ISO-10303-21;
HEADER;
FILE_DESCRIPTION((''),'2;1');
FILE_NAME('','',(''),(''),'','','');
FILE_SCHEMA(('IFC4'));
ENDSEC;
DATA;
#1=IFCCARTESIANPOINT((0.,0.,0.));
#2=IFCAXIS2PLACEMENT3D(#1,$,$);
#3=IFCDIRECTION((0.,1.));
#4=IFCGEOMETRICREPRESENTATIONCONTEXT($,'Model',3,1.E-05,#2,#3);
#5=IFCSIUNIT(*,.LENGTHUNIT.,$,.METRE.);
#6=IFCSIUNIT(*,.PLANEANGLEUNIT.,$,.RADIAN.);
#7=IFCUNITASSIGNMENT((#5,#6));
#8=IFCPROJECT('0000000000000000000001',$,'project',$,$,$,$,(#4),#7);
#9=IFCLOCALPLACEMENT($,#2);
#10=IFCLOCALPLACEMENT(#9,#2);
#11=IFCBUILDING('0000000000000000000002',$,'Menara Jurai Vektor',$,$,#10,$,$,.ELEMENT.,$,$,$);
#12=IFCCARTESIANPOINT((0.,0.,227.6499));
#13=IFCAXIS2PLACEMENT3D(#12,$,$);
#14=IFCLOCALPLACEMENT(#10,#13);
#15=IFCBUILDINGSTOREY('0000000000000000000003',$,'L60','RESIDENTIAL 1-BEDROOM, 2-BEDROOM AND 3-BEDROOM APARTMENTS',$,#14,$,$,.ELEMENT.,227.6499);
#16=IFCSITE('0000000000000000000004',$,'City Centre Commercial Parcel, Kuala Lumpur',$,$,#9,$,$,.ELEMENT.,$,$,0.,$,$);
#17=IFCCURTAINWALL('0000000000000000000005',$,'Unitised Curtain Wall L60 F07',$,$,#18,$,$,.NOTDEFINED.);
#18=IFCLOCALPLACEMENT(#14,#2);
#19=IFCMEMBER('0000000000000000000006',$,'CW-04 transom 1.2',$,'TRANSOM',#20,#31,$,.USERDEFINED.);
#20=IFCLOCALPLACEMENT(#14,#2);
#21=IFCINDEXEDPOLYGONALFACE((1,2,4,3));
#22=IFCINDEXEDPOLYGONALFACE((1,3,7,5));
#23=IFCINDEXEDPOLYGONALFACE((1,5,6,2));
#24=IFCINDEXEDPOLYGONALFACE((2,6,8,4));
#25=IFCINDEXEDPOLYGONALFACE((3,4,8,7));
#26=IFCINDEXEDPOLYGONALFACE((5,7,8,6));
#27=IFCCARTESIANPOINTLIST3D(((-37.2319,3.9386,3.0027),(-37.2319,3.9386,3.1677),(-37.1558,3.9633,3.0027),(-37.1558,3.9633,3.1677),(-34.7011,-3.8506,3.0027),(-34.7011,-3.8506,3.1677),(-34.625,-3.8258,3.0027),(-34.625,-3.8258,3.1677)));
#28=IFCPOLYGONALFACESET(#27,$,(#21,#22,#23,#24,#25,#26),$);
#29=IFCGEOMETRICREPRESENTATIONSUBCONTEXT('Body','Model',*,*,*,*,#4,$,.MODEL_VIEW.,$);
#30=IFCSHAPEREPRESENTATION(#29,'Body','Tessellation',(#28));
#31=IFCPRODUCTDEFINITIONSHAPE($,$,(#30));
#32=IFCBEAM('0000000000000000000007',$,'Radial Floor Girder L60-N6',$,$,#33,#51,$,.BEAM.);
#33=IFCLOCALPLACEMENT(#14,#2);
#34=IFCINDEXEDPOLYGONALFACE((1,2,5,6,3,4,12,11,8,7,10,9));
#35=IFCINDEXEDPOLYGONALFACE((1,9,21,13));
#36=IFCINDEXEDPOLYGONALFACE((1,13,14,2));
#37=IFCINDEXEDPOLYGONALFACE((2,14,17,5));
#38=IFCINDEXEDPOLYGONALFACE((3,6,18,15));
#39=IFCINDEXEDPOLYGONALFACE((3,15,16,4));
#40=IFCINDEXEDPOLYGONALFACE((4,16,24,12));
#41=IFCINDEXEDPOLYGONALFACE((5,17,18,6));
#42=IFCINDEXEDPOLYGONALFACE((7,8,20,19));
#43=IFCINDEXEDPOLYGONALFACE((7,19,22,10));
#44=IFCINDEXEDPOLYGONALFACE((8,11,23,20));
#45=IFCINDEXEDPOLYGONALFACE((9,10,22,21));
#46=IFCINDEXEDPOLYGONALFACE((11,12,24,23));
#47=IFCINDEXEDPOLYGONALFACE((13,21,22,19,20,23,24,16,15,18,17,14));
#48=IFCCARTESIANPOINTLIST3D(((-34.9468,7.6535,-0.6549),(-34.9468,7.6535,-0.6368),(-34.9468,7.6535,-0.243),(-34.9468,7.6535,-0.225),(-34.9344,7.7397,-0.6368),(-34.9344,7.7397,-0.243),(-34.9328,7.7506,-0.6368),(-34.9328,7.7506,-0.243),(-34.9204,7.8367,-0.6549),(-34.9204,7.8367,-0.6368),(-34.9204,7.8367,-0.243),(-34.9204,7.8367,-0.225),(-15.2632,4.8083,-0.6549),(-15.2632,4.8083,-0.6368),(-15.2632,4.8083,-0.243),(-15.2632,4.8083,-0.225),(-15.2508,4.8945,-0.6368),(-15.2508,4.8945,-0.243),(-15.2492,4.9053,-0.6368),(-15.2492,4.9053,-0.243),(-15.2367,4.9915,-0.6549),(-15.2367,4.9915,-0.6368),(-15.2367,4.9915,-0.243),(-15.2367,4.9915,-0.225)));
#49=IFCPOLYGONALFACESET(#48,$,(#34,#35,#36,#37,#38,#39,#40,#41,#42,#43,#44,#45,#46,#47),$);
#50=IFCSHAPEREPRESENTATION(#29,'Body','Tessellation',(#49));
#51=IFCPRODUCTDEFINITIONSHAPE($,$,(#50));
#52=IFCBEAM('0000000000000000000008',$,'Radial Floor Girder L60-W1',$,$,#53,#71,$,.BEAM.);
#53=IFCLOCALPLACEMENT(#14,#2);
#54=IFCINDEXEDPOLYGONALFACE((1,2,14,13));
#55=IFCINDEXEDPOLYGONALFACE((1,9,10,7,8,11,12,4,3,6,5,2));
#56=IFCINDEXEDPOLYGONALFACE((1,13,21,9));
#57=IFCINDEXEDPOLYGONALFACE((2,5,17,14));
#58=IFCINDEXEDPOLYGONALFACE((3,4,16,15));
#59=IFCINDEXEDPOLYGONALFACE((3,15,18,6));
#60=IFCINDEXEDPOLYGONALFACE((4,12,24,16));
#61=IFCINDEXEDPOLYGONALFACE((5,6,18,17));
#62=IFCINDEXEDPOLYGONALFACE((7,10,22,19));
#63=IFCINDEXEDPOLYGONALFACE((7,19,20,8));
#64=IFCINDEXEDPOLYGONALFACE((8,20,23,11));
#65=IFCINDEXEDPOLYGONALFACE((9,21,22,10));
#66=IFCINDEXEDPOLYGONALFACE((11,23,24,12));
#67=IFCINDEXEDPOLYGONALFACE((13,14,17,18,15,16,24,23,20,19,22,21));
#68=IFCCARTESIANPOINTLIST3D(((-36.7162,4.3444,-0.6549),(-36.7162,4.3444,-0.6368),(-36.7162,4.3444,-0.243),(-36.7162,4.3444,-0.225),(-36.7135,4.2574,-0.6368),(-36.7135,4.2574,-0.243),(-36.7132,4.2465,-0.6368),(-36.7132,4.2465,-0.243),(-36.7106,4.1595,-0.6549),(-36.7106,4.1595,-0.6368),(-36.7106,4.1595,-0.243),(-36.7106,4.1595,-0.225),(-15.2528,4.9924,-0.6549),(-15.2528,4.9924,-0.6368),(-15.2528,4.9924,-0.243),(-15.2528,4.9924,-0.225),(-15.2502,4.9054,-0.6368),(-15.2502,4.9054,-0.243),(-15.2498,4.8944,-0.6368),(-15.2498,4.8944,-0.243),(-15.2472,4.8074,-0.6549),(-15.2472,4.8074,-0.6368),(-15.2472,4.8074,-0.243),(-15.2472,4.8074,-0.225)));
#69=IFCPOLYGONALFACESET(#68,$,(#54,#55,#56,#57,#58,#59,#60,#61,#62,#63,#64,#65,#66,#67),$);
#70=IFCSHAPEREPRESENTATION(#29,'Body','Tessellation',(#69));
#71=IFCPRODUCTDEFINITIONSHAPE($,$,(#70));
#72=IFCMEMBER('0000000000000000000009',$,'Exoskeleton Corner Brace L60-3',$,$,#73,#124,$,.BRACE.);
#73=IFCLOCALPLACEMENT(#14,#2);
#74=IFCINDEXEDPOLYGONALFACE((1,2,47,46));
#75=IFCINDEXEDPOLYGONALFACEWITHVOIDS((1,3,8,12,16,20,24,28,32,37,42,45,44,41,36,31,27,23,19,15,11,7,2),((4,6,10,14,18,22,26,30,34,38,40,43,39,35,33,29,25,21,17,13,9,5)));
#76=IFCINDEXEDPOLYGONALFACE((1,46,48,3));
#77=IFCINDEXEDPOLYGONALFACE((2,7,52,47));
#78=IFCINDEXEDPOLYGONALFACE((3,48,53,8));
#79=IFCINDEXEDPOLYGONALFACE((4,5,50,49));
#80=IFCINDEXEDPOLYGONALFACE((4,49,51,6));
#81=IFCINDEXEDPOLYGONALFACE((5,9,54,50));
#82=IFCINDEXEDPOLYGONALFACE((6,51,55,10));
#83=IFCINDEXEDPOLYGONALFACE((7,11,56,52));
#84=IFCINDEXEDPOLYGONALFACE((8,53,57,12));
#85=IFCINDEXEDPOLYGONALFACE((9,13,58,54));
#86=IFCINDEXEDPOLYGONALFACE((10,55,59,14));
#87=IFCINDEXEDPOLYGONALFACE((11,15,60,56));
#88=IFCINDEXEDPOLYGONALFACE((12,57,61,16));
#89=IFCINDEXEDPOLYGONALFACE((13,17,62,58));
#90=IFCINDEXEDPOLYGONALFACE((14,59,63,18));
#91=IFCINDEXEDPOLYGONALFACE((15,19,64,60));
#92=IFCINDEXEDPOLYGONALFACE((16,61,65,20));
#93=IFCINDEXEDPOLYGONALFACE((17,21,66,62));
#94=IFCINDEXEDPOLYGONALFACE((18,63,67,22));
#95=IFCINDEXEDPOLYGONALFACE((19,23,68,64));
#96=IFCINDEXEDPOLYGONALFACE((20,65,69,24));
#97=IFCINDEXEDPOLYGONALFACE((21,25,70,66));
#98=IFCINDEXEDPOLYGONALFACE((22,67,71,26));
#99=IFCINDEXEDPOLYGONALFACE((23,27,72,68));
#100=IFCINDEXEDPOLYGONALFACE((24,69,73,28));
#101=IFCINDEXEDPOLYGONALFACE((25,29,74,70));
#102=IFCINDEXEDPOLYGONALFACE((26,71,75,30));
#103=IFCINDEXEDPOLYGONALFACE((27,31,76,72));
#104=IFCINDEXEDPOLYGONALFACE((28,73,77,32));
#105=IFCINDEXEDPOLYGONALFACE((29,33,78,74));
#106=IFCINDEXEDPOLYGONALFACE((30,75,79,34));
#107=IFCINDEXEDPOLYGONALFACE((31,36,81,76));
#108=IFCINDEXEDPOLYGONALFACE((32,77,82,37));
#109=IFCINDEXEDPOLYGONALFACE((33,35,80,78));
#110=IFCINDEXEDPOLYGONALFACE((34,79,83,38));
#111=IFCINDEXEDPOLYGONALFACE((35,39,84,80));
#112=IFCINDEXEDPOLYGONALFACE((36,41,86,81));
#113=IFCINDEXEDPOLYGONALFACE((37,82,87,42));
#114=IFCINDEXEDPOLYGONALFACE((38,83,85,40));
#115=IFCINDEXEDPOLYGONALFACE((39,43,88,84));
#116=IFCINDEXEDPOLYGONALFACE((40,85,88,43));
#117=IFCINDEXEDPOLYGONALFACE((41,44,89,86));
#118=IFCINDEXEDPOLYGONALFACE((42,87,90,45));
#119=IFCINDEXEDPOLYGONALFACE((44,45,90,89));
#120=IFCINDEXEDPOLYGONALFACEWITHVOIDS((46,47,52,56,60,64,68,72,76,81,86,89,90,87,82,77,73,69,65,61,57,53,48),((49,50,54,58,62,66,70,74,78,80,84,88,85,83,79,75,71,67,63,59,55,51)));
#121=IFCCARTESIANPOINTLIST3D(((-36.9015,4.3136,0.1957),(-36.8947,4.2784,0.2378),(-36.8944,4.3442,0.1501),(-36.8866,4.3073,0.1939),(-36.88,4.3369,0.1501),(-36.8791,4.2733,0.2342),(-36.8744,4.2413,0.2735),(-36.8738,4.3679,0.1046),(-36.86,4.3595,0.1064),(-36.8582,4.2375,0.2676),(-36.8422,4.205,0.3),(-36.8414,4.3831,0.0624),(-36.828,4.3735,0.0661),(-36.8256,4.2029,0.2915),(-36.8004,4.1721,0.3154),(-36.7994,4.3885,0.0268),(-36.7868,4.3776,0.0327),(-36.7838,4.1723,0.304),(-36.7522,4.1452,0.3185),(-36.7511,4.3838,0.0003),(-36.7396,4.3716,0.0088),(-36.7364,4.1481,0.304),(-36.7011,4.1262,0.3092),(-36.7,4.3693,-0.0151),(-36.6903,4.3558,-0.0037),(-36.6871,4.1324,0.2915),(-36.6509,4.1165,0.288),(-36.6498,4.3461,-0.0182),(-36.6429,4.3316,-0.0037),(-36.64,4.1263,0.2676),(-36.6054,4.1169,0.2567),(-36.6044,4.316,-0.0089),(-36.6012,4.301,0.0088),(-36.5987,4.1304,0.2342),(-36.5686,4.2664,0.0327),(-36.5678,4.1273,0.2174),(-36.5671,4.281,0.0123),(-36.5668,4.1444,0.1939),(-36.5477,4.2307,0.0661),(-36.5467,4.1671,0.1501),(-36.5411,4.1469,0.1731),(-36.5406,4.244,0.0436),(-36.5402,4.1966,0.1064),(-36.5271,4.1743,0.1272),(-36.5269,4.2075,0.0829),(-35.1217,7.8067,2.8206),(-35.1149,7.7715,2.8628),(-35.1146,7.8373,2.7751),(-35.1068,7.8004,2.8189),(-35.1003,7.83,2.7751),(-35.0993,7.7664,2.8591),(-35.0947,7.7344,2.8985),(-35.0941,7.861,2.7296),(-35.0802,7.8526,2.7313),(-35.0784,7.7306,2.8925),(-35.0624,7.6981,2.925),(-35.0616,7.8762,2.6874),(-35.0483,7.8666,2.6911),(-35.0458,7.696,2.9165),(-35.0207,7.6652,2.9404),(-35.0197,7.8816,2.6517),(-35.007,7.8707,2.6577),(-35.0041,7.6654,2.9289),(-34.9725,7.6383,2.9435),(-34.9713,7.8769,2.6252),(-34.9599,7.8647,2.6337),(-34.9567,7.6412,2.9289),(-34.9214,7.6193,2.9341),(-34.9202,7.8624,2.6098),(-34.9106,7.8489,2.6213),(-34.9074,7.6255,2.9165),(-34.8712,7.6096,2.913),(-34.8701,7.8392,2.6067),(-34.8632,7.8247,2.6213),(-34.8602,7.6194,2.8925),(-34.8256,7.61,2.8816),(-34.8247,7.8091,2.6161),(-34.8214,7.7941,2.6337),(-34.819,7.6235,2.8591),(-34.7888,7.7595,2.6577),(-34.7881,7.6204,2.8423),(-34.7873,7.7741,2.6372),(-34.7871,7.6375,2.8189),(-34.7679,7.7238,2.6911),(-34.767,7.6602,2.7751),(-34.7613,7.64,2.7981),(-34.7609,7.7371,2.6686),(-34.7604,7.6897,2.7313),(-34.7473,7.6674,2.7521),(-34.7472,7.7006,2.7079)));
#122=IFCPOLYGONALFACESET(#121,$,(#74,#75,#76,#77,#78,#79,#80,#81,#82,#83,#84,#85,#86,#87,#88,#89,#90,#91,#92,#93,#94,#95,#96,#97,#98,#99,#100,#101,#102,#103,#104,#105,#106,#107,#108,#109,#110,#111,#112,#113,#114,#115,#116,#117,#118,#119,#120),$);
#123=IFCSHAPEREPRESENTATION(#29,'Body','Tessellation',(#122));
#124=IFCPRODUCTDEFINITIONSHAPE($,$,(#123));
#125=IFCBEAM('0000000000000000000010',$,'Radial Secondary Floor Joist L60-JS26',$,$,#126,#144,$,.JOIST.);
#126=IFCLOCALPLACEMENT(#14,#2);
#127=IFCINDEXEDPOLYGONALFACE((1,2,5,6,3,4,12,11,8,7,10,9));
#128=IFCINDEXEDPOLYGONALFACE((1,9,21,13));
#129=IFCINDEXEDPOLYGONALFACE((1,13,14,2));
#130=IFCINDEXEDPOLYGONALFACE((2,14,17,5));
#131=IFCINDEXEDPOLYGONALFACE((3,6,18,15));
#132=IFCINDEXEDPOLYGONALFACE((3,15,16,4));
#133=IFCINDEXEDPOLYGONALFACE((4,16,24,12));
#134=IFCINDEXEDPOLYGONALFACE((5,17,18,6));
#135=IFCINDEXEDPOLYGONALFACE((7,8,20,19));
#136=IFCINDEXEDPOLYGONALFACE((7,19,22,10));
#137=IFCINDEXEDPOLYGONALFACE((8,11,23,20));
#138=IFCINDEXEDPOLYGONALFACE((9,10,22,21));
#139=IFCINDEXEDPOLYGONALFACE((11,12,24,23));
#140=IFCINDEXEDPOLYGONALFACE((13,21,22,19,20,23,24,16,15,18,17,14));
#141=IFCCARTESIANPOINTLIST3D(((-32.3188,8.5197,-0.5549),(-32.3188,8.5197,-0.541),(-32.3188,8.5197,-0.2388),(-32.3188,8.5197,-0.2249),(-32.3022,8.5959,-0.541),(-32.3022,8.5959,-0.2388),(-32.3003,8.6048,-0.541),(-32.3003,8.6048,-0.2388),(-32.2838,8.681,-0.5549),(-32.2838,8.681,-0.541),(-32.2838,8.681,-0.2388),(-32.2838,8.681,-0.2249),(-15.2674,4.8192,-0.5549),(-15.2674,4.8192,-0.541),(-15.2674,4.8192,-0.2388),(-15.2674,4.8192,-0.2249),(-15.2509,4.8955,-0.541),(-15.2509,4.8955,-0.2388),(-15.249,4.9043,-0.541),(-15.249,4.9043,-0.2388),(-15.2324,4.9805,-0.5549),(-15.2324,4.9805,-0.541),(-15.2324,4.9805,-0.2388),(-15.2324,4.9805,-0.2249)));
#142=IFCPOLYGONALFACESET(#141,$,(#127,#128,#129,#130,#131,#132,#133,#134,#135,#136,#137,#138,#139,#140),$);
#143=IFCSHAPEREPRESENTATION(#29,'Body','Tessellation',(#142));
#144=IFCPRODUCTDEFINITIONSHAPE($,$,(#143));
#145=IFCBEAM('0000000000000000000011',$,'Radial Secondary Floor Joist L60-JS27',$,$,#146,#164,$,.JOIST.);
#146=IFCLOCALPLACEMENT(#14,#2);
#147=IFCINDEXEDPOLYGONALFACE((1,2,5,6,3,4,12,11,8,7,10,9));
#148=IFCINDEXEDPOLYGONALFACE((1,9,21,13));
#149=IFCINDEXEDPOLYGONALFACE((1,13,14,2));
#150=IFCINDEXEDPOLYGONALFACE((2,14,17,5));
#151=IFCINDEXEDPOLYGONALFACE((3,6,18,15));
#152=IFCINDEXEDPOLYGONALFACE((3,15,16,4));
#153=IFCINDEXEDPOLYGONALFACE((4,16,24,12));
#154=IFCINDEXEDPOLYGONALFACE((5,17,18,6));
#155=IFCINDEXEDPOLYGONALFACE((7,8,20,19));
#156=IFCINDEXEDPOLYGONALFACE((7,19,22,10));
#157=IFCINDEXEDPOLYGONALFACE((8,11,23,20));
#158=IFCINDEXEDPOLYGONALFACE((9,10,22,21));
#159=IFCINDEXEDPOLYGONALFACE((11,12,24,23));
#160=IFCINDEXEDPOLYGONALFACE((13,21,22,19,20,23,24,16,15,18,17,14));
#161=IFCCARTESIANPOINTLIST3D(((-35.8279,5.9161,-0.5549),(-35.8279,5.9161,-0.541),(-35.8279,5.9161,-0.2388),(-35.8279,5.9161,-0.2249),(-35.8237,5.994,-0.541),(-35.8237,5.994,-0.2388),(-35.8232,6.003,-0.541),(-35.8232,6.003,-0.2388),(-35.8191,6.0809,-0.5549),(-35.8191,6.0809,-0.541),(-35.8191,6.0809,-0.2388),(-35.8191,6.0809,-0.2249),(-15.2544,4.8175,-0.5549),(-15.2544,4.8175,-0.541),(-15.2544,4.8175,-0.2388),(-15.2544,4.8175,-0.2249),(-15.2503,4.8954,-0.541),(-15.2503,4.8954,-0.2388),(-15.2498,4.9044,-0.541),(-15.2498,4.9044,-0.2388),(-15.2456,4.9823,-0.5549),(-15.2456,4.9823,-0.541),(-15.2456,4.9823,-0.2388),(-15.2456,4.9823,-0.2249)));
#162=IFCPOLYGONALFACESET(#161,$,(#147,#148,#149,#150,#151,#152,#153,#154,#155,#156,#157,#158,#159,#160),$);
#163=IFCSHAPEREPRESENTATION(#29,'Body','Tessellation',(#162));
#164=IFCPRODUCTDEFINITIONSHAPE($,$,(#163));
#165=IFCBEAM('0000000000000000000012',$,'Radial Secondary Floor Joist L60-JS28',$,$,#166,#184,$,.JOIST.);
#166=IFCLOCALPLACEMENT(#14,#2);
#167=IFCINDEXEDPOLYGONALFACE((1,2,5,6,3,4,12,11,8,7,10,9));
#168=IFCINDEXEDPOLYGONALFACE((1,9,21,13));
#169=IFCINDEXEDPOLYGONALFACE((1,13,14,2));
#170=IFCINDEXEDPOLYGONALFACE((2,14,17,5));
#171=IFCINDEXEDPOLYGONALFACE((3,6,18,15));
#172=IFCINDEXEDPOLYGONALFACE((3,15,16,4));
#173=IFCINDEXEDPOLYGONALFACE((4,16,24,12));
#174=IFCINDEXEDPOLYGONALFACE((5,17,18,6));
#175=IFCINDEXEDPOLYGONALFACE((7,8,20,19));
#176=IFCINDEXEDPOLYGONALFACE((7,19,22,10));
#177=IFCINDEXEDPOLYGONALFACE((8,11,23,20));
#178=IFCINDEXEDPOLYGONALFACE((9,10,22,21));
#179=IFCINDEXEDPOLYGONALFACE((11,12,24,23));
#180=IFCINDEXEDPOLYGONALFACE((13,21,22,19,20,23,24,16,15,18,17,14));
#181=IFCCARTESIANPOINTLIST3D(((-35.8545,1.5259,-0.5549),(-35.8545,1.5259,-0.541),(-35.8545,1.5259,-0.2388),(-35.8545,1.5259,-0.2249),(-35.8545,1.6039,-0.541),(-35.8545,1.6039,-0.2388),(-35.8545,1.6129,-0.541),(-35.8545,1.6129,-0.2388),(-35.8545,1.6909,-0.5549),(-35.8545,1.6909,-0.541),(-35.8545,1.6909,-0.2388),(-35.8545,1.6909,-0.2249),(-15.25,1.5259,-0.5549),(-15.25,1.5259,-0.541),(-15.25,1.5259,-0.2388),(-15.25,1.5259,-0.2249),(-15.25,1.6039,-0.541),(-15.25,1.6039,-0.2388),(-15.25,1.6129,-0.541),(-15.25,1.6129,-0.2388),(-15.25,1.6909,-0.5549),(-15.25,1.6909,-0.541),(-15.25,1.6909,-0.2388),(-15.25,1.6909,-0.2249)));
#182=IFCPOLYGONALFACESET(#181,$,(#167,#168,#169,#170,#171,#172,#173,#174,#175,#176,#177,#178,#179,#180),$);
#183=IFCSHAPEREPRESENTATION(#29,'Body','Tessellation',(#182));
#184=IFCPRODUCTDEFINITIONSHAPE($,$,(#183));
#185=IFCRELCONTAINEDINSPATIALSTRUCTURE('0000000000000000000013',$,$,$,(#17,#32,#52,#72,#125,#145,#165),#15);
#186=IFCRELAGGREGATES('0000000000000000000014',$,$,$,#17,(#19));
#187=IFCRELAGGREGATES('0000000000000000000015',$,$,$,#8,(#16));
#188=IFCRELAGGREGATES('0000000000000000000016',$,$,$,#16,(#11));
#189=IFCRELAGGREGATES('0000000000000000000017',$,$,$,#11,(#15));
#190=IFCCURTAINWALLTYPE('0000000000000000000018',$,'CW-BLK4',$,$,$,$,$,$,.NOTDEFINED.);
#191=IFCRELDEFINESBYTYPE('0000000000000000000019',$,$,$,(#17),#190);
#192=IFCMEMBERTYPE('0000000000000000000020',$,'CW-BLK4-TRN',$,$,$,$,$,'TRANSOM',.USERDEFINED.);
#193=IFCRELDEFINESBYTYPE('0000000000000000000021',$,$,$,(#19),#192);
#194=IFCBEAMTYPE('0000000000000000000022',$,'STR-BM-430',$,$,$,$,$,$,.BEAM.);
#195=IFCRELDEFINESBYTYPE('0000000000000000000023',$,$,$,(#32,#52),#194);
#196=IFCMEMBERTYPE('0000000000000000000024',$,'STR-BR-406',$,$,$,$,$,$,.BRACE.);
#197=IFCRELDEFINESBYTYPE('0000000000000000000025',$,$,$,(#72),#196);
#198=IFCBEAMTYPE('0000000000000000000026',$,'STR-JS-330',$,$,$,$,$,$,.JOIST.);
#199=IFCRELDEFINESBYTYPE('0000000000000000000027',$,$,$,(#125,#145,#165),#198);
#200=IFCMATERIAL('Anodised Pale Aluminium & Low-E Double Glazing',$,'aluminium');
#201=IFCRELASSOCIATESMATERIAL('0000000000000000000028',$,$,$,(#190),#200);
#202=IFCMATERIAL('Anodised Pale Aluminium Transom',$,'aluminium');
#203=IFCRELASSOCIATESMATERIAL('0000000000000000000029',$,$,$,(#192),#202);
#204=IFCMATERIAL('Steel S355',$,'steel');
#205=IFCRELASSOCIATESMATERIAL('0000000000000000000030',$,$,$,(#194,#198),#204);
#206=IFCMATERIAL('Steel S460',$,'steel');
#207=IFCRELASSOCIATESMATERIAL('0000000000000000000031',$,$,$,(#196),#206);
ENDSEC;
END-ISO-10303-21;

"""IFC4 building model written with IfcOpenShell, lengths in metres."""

from ifc_helpers import new_model, si_unit, direction, frame, origin, origin_2d, place, context, subcontext, project, spatial, rectangle, hollow_circle, i_section, extrude, material, material_profile, profile_set, type_object, element, aggregate, save


model = new_model("IFC4")

# Units and contexts
model_context = context("Model", 3, precision=1e-05, world=origin(), true_north=direction((0.0, 1.0)))
body_context = subcontext(model_context, "Body", "Model", "MODEL_VIEW")
ifc_project = project(units=[si_unit("LENGTHUNIT", "METRE"), si_unit("PLANEANGLEUNIT", "RADIAN")], contexts=[model_context])

# Site, building, storey
site_placement = place(None, origin())
site = spatial("IfcSite", under=ifc_project, at=site_placement, Name="City Centre Commercial Parcel, Kuala Lumpur", CompositionType="ELEMENT", RefElevation=0.0)
building_placement = place(site_placement, origin())
building = spatial("IfcBuilding", under=site, at=building_placement, Name="Menara Jurai Vektor", CompositionType="ELEMENT")
storey_placement = place(building_placement, frame((0.0, 0.0, 227.6499)))
storey = spatial("IfcBuildingStorey", under=building, at=storey_placement, Name="L60", Description="RESIDENTIAL 1-BEDROOM, 2-BEDROOM AND 3-BEDROOM APARTMENTS", CompositionType="ELEMENT", Elevation=227.6499)

# Shared definitions
ifc_material_1 = material(Name="Steel S460", Category="steel")

# Shared definitions
ifc_material_2 = material(Name="Anodised Pale Aluminium & Low-E Double Glazing", Category="aluminium")
curtain_wall_type = type_object("IfcCurtainWallType", Name="CW-BLK4", PredefinedType="NOTDEFINED", material=ifc_material_2)

# Curtain wall
curtain_wall_1_placement = place(storey_placement, origin())
curtain_wall_1 = element("IfcCurtainWall", 1, at=curtain_wall_1_placement, inside=storey, type_object=curtain_wall_type, Name="Unitised Curtain Wall L60 F07", PredefinedType="NOTDEFINED")

# Member
ifc_material_3 = material(Name="Anodised Pale Aluminium Transom", Category="aluminium")
ifc_material_profile_1 = material_profile(ifc_material_3, rectangle(XDim=0.0801, YDim=0.165, at=origin_2d()), Name="ALU TRN 80x165")
ifc_profile_set_1 = profile_set([ifc_material_profile_1], Name="Anodised Pale Aluminium Transom")
member_type_1 = type_object("IfcMemberType", Name="CW-BLK4-TRN", ElementType="TRANSOM", PredefinedType="USERDEFINED", material=ifc_profile_set_1)
member_1_placement = place(storey_placement, frame((-37.1938, 3.9509, 3.0852), z_axis=(0.309011, -0.951059, 0.0), x_axis=(0.951059, 0.309011, 0.0)))
member_1 = element("IfcMember", 2, at=member_1_placement, type_object=member_type_1, Name="CW-04 transom 1.2", ObjectType="TRANSOM", PredefinedType="USERDEFINED", context=body_context, shape_type="SweptSolid", body=[
    extrude(rectangle(XDim=0.0801, YDim=0.165, at=origin_2d()), origin(), (0.0, 0.0, 1.0), 8.1899),
])

# Beams
ifc_material_4 = material(Name="Steel S355", Category="steel")
ifc_material_profile_2 = material_profile(ifc_material_4, i_section(OverallWidth=0.1851, OverallDepth=0.4299, WebThickness=0.011, FlangeThickness=0.0181, at=origin_2d()), Name="PG 430x185x76")
ifc_profile_set_2 = profile_set([ifc_material_profile_2], Name="Steel S355")
beam_type_1 = type_object("IfcBeamType", Name="STR-BM-430", PredefinedType="BEAM", material=ifc_profile_set_2)
beam_1_placement = place(storey_placement, frame((-34.9336, 7.7451, -0.4399), z_axis=(0.989714, -0.143061, 0.0), x_axis=(0.143061, 0.989714, 0.0)))
element("IfcBeam", 3, at=beam_1_placement, inside=storey, type_object=beam_type_1, Name="Radial Floor Girder L60-N6", PredefinedType="BEAM", context=body_context, shape_type="SweptSolid", body=[
    extrude(i_section(OverallWidth=0.1851, OverallDepth=0.4299, WebThickness=0.011, FlangeThickness=0.0181, at=origin_2d()), origin(), (0.0, 0.0, 1.0), 19.8882),
])
beam_2_placement = place(storey_placement, frame((-36.7134, 4.252, -0.4399), z_axis=(0.999545, 0.030175, 0.0), x_axis=(-0.030175, 0.999545, 0.0)))
element("IfcBeam", 4, at=beam_2_placement, inside=storey, type_object=beam_type_1, Name="Radial Floor Girder L60-W1", PredefinedType="BEAM", context=body_context, shape_type="SweptSolid", body=[
    extrude(i_section(OverallWidth=0.1851, OverallDepth=0.4299, WebThickness=0.011, FlangeThickness=0.0181, at=origin_2d()), origin(), (0.0, 0.0, 1.0), 21.4731),
])

# Member
ifc_material_profile_3 = material_profile(ifc_material_1, hollow_circle(Radius=0.2031, WallThickness=0.0161, at=origin_2d()), Name="CHS 406.4x16")
ifc_profile_set_3 = profile_set([ifc_material_profile_3], Name="Steel S460")
member_type_2 = type_object("IfcMemberType", Name="STR-BR-406", PredefinedType="BRACE", material=ifc_profile_set_3)
member_2_placement = place(storey_placement, frame((-36.7134, 4.252, 0.1501), z_axis=(0.377225, 0.740375, 0.556368), x_axis=(-0.891014, 0.453976, 0.0)))
element("IfcMember", 5, at=member_2_placement, inside=storey, type_object=member_type_2, Name="Exoskeleton Corner Brace L60-3", PredefinedType="BRACE", context=body_context, shape_type="SweptSolid", body=[
    extrude(hollow_circle(Radius=0.2031, WallThickness=0.0161, at=origin_2d()), origin(), (0.0, 0.0, 1.0), 4.718),
])

# Beams
ifc_material_profile_4 = material_profile(ifc_material_4, i_section(OverallWidth=0.165, OverallDepth=0.3301, WebThickness=0.009, FlangeThickness=0.0139, at=origin_2d()), Name="PG 330x165x46")
ifc_profile_set_4 = profile_set([ifc_material_profile_4], Name="Steel S355")
beam_type_2 = type_object("IfcBeamType", Name="STR-JS-330", PredefinedType="JOIST", material=ifc_profile_set_4)
beam_3_placement = place(storey_placement, frame((-32.3013, 8.6003, -0.3899), z_axis=(0.977252, -0.212082, 0.0), x_axis=(0.212082, 0.977252, 0.0)))
element("IfcBeam", 6, at=beam_3_placement, inside=storey, type_object=beam_type_2, Name="Radial Secondary Floor Joist L60-JS26", PredefinedType="JOIST", context=body_context, shape_type="SweptSolid", body=[
    extrude(i_section(OverallWidth=0.165, OverallDepth=0.3301, WebThickness=0.009, FlangeThickness=0.0139, at=origin_2d()), origin(), (0.0, 0.0, 1.0), 17.4482),
])
beam_4_placement = place(storey_placement, frame((-35.8235, 5.9985, -0.3899), z_axis=(0.998577, -0.053324, 0.0), x_axis=(0.053324, 0.998577, 0.0)))
element("IfcBeam", 7, at=beam_4_placement, inside=storey, type_object=beam_type_2, Name="Radial Secondary Floor Joist L60-JS27", PredefinedType="JOIST", context=body_context, shape_type="SweptSolid", body=[
    extrude(i_section(OverallWidth=0.165, OverallDepth=0.3301, WebThickness=0.009, FlangeThickness=0.0139, at=origin_2d()), origin(), (0.0, 0.0, 1.0), 20.6028),
])
beam_5_placement = place(storey_placement, frame((-35.8545, 1.6084, -0.3899), z_axis=(1.0, 0.0, 0.0), x_axis=(0.0, 1.0, 0.0)))
element("IfcBeam", 8, at=beam_5_placement, inside=storey, type_object=beam_type_2, Name="Radial Secondary Floor Joist L60-JS28", PredefinedType="JOIST", context=body_context, shape_type="SweptSolid", body=[
    extrude(i_section(OverallWidth=0.165, OverallDepth=0.3301, WebThickness=0.009, FlangeThickness=0.0139, at=origin_2d()), origin(), (0.0, 0.0, 1.0), 20.6045),
])

aggregate(curtain_wall_1, [member_1])

save(model, "model.ifc")
